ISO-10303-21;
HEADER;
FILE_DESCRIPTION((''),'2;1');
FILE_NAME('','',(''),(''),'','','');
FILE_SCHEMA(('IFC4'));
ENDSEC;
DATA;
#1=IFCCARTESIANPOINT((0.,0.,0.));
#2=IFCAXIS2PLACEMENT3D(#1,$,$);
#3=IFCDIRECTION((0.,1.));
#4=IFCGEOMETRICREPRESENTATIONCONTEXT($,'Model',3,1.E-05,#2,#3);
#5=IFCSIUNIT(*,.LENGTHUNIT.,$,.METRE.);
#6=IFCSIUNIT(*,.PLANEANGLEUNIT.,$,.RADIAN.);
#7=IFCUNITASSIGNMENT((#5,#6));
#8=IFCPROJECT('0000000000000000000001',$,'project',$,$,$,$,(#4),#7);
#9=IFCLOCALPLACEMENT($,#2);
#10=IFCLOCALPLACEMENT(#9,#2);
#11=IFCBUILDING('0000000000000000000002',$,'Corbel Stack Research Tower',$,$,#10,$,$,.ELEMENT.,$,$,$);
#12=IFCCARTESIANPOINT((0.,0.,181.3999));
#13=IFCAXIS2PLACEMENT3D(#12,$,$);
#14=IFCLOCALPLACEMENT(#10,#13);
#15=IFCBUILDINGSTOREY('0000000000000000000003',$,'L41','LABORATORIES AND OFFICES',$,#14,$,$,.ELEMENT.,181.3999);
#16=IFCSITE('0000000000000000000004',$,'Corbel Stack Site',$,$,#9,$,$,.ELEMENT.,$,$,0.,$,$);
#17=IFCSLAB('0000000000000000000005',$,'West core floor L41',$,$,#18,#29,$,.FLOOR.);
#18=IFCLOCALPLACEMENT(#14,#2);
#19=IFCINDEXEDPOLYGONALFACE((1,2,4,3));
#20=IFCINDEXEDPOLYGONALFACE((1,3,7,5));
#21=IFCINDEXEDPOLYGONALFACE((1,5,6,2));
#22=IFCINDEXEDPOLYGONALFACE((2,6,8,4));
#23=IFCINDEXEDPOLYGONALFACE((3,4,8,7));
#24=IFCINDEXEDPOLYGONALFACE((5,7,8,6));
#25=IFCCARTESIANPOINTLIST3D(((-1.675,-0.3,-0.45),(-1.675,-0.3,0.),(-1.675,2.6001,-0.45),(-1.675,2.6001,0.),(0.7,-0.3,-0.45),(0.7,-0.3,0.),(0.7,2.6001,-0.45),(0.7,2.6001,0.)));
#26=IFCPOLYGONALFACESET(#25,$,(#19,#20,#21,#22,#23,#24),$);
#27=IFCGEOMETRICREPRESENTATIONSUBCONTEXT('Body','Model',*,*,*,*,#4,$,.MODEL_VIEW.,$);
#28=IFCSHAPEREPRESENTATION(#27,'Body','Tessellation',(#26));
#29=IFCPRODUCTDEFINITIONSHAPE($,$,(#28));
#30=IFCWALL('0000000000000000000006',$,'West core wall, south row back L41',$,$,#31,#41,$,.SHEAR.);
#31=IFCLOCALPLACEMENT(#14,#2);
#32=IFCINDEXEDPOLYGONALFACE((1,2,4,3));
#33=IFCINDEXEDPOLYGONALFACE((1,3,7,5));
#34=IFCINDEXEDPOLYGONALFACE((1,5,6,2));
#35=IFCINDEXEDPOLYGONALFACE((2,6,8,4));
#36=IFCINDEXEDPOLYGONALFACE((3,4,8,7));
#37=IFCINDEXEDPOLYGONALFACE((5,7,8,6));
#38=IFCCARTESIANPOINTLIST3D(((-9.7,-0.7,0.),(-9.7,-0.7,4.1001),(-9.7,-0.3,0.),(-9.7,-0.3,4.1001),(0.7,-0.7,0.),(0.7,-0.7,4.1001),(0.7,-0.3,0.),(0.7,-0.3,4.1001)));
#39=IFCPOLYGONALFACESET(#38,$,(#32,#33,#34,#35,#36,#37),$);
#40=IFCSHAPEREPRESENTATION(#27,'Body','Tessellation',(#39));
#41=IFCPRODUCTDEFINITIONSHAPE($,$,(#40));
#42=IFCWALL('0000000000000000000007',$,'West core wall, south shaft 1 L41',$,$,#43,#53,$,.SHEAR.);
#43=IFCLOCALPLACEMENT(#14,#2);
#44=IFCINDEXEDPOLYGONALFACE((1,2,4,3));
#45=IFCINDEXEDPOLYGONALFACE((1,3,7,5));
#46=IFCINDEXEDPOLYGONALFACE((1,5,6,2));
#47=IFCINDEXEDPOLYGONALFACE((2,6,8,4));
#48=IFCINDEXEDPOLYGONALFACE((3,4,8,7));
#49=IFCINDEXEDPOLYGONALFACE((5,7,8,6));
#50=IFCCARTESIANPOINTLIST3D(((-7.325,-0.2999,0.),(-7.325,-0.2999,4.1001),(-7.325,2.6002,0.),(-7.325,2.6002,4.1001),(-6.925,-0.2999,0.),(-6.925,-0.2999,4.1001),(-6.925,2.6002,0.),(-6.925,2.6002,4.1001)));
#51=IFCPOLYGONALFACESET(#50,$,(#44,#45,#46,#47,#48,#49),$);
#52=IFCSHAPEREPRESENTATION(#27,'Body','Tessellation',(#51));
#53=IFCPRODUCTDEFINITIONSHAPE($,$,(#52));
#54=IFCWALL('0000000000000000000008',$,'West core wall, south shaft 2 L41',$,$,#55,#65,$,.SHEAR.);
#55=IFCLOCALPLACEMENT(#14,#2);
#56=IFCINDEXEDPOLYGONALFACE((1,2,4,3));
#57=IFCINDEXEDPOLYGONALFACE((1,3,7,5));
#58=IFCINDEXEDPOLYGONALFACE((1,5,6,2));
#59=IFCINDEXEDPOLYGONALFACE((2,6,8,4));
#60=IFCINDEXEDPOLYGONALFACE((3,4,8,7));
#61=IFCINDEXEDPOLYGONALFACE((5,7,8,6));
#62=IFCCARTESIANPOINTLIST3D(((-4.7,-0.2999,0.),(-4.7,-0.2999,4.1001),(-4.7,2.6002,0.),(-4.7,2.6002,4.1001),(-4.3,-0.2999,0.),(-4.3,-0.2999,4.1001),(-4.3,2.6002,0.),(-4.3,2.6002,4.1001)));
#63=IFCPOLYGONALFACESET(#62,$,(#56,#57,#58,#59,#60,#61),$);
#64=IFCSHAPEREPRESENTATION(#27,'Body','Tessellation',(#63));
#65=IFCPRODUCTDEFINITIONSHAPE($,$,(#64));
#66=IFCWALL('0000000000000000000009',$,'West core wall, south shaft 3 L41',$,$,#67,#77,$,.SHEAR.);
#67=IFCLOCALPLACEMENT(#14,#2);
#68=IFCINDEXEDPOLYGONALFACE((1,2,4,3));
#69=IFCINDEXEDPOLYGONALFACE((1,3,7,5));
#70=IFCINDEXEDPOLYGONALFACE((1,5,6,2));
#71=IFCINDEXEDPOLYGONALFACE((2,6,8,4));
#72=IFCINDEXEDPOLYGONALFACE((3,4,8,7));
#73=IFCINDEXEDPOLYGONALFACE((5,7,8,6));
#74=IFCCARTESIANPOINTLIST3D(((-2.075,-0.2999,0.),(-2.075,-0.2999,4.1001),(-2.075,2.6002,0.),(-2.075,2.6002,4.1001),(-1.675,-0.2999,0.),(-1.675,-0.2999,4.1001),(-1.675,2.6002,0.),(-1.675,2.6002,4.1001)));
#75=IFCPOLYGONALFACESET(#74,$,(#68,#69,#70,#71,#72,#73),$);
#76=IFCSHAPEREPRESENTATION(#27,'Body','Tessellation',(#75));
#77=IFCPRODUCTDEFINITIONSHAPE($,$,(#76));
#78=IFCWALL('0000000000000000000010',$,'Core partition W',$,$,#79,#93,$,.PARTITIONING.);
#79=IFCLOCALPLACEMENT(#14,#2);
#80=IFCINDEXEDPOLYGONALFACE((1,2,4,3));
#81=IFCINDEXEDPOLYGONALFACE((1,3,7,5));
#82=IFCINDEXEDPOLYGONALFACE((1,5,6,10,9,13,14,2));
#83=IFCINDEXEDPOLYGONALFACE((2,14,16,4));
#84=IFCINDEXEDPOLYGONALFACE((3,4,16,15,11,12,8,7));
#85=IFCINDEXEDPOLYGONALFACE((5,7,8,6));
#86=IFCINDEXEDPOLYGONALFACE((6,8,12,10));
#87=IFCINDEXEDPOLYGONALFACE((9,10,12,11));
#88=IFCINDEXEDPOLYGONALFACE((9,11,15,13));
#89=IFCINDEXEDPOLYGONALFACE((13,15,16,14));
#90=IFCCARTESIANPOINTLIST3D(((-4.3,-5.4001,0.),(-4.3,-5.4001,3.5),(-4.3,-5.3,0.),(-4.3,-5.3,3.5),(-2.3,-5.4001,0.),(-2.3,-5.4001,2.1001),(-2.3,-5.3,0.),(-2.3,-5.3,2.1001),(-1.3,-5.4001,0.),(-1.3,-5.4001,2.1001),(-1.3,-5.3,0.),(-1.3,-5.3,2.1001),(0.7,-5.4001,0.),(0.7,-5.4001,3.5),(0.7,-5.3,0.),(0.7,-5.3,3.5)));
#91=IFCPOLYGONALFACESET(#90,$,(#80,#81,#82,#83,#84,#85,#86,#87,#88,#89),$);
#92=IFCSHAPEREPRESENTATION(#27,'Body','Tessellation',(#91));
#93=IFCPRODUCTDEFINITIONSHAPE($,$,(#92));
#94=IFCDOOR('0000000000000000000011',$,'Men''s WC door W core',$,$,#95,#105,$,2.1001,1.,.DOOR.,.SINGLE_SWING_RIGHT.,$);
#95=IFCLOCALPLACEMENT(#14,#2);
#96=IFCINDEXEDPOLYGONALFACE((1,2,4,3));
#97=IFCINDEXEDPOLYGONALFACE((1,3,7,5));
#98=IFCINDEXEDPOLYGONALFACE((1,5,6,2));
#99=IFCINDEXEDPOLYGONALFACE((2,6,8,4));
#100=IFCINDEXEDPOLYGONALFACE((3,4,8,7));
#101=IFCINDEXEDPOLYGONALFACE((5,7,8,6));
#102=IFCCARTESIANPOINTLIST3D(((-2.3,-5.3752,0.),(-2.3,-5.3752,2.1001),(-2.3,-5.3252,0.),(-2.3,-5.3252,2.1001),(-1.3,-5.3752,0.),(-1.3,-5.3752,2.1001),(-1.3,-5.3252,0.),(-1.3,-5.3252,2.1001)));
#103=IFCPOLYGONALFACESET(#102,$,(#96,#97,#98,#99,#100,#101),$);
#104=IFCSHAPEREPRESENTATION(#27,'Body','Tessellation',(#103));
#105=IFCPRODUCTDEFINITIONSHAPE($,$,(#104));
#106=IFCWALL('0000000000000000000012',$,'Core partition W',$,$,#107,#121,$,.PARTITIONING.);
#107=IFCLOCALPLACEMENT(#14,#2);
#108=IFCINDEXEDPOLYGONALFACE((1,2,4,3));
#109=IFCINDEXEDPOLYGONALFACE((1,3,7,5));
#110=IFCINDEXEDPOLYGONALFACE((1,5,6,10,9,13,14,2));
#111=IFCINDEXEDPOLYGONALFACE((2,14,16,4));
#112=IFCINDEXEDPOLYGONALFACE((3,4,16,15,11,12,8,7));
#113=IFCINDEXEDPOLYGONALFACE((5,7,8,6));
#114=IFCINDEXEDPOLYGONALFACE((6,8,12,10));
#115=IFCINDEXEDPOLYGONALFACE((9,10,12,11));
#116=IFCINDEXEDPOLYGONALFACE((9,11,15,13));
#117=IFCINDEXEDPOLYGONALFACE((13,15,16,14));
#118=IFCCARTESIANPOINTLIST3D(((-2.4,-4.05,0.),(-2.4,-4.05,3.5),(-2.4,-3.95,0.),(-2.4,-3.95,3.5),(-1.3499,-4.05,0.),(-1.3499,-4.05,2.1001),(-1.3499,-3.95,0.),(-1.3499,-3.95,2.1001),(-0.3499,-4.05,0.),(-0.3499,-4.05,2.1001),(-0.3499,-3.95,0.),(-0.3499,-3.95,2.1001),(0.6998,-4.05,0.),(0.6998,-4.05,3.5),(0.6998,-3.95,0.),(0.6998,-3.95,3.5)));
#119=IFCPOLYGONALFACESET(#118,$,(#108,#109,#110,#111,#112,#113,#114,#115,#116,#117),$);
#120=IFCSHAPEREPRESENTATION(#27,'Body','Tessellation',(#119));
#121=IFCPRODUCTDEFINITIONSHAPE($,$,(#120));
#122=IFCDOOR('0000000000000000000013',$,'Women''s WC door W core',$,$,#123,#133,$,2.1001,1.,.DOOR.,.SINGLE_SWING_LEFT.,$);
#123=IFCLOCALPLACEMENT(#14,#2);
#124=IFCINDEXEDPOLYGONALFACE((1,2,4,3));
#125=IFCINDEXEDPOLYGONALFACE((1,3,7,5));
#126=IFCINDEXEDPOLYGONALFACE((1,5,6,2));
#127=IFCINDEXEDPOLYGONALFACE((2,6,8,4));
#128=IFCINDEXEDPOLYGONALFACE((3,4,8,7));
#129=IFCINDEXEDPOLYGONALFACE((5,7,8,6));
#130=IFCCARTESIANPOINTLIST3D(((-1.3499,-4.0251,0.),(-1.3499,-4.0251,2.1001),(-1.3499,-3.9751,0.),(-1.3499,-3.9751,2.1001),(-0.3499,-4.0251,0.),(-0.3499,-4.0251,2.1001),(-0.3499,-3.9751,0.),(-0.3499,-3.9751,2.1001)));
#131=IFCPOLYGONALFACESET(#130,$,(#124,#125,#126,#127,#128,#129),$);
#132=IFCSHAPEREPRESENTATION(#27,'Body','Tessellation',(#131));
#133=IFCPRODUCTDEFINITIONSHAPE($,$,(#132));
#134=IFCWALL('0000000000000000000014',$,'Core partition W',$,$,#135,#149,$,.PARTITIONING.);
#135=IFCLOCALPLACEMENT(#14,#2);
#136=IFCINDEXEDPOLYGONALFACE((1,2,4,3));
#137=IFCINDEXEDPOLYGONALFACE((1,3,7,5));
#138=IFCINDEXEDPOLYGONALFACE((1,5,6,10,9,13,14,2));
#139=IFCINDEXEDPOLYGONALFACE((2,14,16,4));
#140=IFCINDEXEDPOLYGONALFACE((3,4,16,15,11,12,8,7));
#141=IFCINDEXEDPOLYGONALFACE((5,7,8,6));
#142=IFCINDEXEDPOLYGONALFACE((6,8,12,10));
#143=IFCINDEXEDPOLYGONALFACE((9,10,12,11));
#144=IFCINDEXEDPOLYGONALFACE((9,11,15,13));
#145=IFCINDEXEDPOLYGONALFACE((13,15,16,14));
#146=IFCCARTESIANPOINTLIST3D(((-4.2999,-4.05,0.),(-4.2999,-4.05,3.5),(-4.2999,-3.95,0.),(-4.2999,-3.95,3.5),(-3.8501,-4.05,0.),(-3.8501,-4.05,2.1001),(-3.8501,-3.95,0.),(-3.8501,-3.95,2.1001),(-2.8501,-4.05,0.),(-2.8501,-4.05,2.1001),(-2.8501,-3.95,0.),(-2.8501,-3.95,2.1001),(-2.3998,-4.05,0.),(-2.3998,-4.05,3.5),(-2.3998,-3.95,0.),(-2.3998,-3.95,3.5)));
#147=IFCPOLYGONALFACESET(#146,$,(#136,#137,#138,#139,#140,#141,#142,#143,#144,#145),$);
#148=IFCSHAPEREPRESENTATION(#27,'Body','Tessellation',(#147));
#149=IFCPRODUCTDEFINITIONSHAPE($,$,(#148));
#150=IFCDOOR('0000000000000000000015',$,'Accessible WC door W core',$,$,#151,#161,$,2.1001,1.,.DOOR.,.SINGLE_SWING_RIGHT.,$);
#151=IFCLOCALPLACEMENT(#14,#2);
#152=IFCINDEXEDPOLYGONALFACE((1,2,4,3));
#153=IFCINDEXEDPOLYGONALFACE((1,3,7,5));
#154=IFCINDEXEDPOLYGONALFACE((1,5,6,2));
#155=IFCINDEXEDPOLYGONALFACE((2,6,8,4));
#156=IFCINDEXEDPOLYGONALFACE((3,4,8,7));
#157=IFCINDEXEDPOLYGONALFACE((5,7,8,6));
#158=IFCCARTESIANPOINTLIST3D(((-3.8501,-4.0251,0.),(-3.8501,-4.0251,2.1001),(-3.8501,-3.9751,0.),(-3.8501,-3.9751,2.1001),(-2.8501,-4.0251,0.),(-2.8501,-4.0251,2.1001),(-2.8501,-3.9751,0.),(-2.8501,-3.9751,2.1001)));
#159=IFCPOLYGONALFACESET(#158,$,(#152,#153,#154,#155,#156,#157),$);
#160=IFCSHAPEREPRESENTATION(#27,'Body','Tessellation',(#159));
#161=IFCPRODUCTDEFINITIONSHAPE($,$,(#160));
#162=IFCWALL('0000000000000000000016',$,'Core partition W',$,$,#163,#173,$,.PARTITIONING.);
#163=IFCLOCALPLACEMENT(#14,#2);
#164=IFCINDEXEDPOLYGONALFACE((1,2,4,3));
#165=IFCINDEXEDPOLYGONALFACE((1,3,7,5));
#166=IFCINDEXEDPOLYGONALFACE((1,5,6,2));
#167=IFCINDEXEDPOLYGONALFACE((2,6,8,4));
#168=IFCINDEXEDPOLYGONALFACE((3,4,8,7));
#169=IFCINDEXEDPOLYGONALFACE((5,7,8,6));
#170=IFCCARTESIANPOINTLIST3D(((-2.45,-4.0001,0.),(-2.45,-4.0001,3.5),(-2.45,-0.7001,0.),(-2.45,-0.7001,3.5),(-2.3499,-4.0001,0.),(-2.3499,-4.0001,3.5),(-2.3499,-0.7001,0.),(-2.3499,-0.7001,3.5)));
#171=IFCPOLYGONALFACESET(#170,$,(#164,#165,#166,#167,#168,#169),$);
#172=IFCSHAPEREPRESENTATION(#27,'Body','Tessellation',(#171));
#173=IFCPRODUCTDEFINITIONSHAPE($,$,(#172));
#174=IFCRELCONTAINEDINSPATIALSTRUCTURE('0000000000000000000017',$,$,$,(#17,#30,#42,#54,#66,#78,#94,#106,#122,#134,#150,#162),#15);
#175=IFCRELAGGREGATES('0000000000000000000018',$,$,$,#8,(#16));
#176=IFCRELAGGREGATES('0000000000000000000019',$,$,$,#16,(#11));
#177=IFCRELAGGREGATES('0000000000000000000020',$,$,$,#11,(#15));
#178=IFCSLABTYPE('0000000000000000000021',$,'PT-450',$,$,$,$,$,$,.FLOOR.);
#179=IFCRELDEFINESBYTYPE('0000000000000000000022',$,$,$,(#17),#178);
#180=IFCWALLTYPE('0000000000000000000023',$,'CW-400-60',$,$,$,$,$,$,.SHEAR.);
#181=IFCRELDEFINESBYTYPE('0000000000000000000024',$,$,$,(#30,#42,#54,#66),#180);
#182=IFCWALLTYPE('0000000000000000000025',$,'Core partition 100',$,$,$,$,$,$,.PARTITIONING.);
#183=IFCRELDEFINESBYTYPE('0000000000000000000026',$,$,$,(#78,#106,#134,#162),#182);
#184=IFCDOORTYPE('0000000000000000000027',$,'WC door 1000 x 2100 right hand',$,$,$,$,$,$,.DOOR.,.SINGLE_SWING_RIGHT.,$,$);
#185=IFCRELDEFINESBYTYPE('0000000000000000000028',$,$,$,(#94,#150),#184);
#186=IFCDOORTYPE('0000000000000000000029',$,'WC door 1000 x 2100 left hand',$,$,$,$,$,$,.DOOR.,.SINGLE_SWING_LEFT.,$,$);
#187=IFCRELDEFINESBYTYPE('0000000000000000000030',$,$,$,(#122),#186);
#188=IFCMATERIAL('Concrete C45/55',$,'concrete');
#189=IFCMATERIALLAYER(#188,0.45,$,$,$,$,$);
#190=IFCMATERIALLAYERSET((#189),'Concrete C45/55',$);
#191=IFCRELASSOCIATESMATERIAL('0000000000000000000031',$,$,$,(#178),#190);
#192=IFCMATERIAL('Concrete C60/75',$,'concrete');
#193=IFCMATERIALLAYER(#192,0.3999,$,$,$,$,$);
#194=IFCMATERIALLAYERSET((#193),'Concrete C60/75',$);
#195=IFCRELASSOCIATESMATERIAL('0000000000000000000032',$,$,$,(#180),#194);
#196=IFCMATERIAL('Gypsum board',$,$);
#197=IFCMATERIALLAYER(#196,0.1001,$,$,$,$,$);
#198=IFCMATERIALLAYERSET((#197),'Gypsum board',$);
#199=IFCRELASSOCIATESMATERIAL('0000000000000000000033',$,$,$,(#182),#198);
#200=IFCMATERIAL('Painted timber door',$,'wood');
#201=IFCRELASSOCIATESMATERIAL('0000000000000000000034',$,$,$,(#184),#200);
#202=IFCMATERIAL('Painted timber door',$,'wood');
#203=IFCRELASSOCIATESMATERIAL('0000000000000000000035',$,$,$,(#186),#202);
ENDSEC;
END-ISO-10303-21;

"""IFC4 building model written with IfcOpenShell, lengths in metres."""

from ifc_helpers import new_model, si_unit, direction, frame, frame_2d, origin, place, context, subcontext, project, spatial, polyline, rectangle, outline, extrude, material, layer, layer_set, type_object, element, fill, save


model = new_model("IFC4")

# Units and contexts
model_context = context("Model", 3, precision=1e-05, world=origin(), true_north=direction((0.0, 1.0)))
body_context = subcontext(model_context, "Body", "Model", "MODEL_VIEW")
ifc_project = project(units=[si_unit("LENGTHUNIT", "METRE"), si_unit("PLANEANGLEUNIT", "RADIAN")], contexts=[model_context])

# Site, building, storey
site_placement = place(None, origin())
site = spatial("IfcSite", under=ifc_project, at=site_placement, Name="Corbel Stack Site", CompositionType="ELEMENT", RefElevation=0.0)
building_placement = place(site_placement, origin())
building = spatial("IfcBuilding", under=site, at=building_placement, Name="Corbel Stack Research Tower", CompositionType="ELEMENT")
storey_placement = place(building_placement, frame((0.0, 0.0, 181.3999)))
storey = spatial("IfcBuildingStorey", under=building, at=storey_placement, Name="L41", Description="LABORATORIES AND OFFICES", CompositionType="ELEMENT", Elevation=181.3999)

# Slab
ifc_material_1 = material(Name="Concrete C45/55", Category="concrete")
ifc_layer_1 = layer(ifc_material_1, 0.45)
ifc_layer_set_1 = layer_set([ifc_layer_1], Name="Concrete C45/55")
slab_type = type_object("IfcSlabType", Name="PT-450", PredefinedType="FLOOR", material=ifc_layer_set_1)
slab_1_placement = place(storey_placement, frame((0.0, 0.0, -0.45)))
element("IfcSlab", 1, at=slab_1_placement, inside=storey, type_object=slab_type, Name="West core floor L41", PredefinedType="FLOOR", context=body_context, shape_type="SweptSolid", body=[
    extrude(outline(polyline([(0.7, -0.3), (0.7, 2.6001), (-1.675, 2.6001), (-1.675, -0.3), (0.7, -0.3)])), origin(), (0.0, 0.0, 1.0), 0.45),
])

# Walls
ifc_material_2 = material(Name="Concrete C60/75", Category="concrete")
ifc_layer_2 = layer(ifc_material_2, 0.3999)
ifc_layer_set_2 = layer_set([ifc_layer_2], Name="Concrete C60/75")
wall_type_1 = type_object("IfcWallType", Name="CW-400-60", PredefinedType="SHEAR", material=ifc_layer_set_2)
wall_1_placement = place(storey_placement, frame((-9.7, -0.5, 0.0), z_axis=(0.0, 0.0, 1.0), x_axis=(1.0, 0.0, 0.0)))
element("IfcWall", 2, at=wall_1_placement, inside=storey, type_object=wall_type_1, Name="West core wall, south row back L41", PredefinedType="SHEAR", context=body_context, shape_type="SweptSolid", body=[
    extrude(rectangle(XDim=10.3999, YDim=0.3999, at=frame_2d((5.2, 0.0))), origin(), (0.0, 0.0, 1.0), 4.1001),
])
for number, where, z_axis, x_axis, name in (
    (3, (-7.125, -0.3, 0.0), (0.0, 0.0, 1.0), (0.0, 1.0, 0.0), "West core wall, south shaft 1 L41"),
    (4, (-4.5, -0.3, 0.0), (0.0, 0.0, 1.0), (0.0, 1.0, 0.0), "West core wall, south shaft 2 L41"),
    (5, (-1.875, -0.3, 0.0), (0.0, 0.0, 1.0), (0.0, 1.0, 0.0), "West core wall, south shaft 3 L41"),
):
    element("IfcWall", number, at=place(storey_placement, frame(where, z_axis=z_axis, x_axis=x_axis)), inside=storey, type_object=wall_type_1, Name=name, PredefinedType="SHEAR", context=body_context, shape_type="SweptSolid", body=[
        extrude(rectangle(XDim=2.9001, YDim=0.3999, at=frame_2d((1.4502, 0.0))), origin(), (0.0, 0.0, 1.0), 4.1001),
    ])

# Walls, openings, doors
ifc_material_3 = material(Name="Gypsum board")
ifc_layer_3 = layer(ifc_material_3, 0.1001)
ifc_layer_set_3 = layer_set([ifc_layer_3], Name="Gypsum board")
wall_type_2 = type_object("IfcWallType", Name="Core partition 100", PredefinedType="PARTITIONING", material=ifc_layer_set_3)
wall_2_placement = place(storey_placement, frame((-4.3, -5.3501, 0.0), z_axis=(0.0, 0.0, 1.0), x_axis=(1.0, 0.0, 0.0)))
wall_2 = element("IfcWall", 6, at=wall_2_placement, inside=storey, type_object=wall_type_2, Name="Core partition W", PredefinedType="PARTITIONING", context=body_context, shape_type="SweptSolid", body=[
    extrude(rectangle(XDim=5.0, YDim=0.1001, at=frame_2d((2.5, 0.0))), origin(), (0.0, 0.0, 1.0), 3.5),
])
opening_1_placement = place(wall_2_placement, frame((2.0, 0.0, 0.0)))
opening_1 = element("IfcOpeningElement", 7, at=opening_1_placement, cuts=wall_2, PredefinedType="OPENING", context=body_context, shape_type="SweptSolid", body=[
    extrude(rectangle(XDim=1.0, YDim=2.1001, at=frame_2d((0.5, 1.05))), frame((0.0, 0.0601, 0.0), z_axis=(0.0, -1.0, 0.0), x_axis=(1.0, 0.0, 0.0)), (0.0, 0.0, 1.0), 0.1201),
])
ifc_material_4 = material(Name="Painted timber door", Category="wood")
door_type_1 = type_object("IfcDoorType", Name="WC door 1000 x 2100 right hand", OperationType="SINGLE_SWING_RIGHT", PredefinedType="DOOR", material=ifc_material_4)
door_1_placement = place(opening_1_placement, origin())
door_1 = element("IfcDoor", 8, at=door_1_placement, inside=storey, type_object=door_type_1, Name="Men's WC door W core", OperationType="SINGLE_SWING_RIGHT", OverallHeight=2.1001, OverallWidth=1.0, PredefinedType="DOOR", context=body_context, shape_type="SweptSolid", body=[
    extrude(rectangle(XDim=1.0, YDim=2.1001, at=frame_2d((0.5, 1.05))), frame((0.0, 0.0249, 0.0), z_axis=(0.0, -1.0, 0.0), x_axis=(1.0, 0.0, 0.0)), (0.0, 0.0, 1.0), 0.05),
])
fill(opening_1, door_1)
wall_3_placement = place(storey_placement, frame((-2.3999, -4.0, 0.0), z_axis=(0.0, 0.0, 1.0), x_axis=(1.0, 0.0, 0.0)))
wall_3 = element("IfcWall", 9, at=wall_3_placement, inside=storey, type_object=wall_type_2, Name="Core partition W", PredefinedType="PARTITIONING", context=body_context, shape_type="SweptSolid", body=[
    extrude(rectangle(XDim=3.0999, YDim=0.1001, at=frame_2d((1.5498, 0.0))), origin(), (0.0, 0.0, 1.0), 3.5),
])
opening_2_placement = place(wall_3_placement, frame((1.05, 0.0, 0.0)))
opening_2 = element("IfcOpeningElement", 10, at=opening_2_placement, cuts=wall_3, PredefinedType="OPENING", context=body_context, shape_type="SweptSolid", body=[
    extrude(rectangle(XDim=1.0, YDim=2.1001, at=frame_2d((0.5, 1.05))), frame((0.0, 0.0601, 0.0), z_axis=(0.0, -1.0, 0.0), x_axis=(1.0, 0.0, 0.0)), (0.0, 0.0, 1.0), 0.1201),
])
ifc_material_5 = material(Name="Painted timber door", Category="wood")
door_type_2 = type_object("IfcDoorType", Name="WC door 1000 x 2100 left hand", OperationType="SINGLE_SWING_LEFT", PredefinedType="DOOR", material=ifc_material_5)
door_2_placement = place(opening_2_placement, origin())
door_2 = element("IfcDoor", 11, at=door_2_placement, inside=storey, type_object=door_type_2, Name="Women's WC door W core", OperationType="SINGLE_SWING_LEFT", OverallHeight=2.1001, OverallWidth=1.0, PredefinedType="DOOR", context=body_context, shape_type="SweptSolid", body=[
    extrude(rectangle(XDim=1.0, YDim=2.1001, at=frame_2d((0.5, 1.05))), frame((0.0, 0.0249, 0.0), z_axis=(0.0, -1.0, 0.0), x_axis=(1.0, 0.0, 0.0)), (0.0, 0.0, 1.0), 0.05),
])
fill(opening_2, door_2)
wall_4_placement = place(storey_placement, frame((-4.3, -4.0, 0.0), z_axis=(0.0, 0.0, 1.0), x_axis=(1.0, 0.0, 0.0)))
wall_4 = element("IfcWall", 12, at=wall_4_placement, inside=storey, type_object=wall_type_2, Name="Core partition W", PredefinedType="PARTITIONING", context=body_context, shape_type="SweptSolid", body=[
    extrude(rectangle(XDim=1.9001, YDim=0.1001, at=frame_2d((0.9502, 0.0))), origin(), (0.0, 0.0, 1.0), 3.5),
])
opening_3_placement = place(wall_4_placement, frame((0.45, 0.0, 0.0)))
opening_3 = element("IfcOpeningElement", 13, at=opening_3_placement, cuts=wall_4, PredefinedType="OPENING", context=body_context, shape_type="SweptSolid", body=[
    extrude(rectangle(XDim=1.0, YDim=2.1001, at=frame_2d((0.5, 1.05))), frame((0.0, 0.0601, 0.0), z_axis=(0.0, -1.0, 0.0), x_axis=(1.0, 0.0, 0.0)), (0.0, 0.0, 1.0), 0.1201),
])
door_3_placement = place(opening_3_placement, origin())
door_3 = element("IfcDoor", 14, at=door_3_placement, inside=storey, type_object=door_type_1, Name="Accessible WC door W core", OperationType="SINGLE_SWING_RIGHT", OverallHeight=2.1001, OverallWidth=1.0, PredefinedType="DOOR", context=body_context, shape_type="SweptSolid", body=[
    extrude(rectangle(XDim=1.0, YDim=2.1001, at=frame_2d((0.5, 1.05))), frame((0.0, 0.0249, 0.0), z_axis=(0.0, -1.0, 0.0), x_axis=(1.0, 0.0, 0.0)), (0.0, 0.0, 1.0), 0.05),
])
fill(opening_3, door_3)

# Wall
wall_5_placement = place(storey_placement, frame((-2.3999, -4.0, 0.0), z_axis=(0.0, 0.0, 1.0), x_axis=(0.0, 1.0, 0.0)))
element("IfcWall", 15, at=wall_5_placement, inside=storey, type_object=wall_type_2, Name="Core partition W", PredefinedType="PARTITIONING", context=body_context, shape_type="SweptSolid", body=[
    extrude(rectangle(XDim=3.3, YDim=0.1001, at=frame_2d((1.6499, 0.0))), origin(), (0.0, 0.0, 1.0), 3.5),
])

save(model, "model.ifc")
